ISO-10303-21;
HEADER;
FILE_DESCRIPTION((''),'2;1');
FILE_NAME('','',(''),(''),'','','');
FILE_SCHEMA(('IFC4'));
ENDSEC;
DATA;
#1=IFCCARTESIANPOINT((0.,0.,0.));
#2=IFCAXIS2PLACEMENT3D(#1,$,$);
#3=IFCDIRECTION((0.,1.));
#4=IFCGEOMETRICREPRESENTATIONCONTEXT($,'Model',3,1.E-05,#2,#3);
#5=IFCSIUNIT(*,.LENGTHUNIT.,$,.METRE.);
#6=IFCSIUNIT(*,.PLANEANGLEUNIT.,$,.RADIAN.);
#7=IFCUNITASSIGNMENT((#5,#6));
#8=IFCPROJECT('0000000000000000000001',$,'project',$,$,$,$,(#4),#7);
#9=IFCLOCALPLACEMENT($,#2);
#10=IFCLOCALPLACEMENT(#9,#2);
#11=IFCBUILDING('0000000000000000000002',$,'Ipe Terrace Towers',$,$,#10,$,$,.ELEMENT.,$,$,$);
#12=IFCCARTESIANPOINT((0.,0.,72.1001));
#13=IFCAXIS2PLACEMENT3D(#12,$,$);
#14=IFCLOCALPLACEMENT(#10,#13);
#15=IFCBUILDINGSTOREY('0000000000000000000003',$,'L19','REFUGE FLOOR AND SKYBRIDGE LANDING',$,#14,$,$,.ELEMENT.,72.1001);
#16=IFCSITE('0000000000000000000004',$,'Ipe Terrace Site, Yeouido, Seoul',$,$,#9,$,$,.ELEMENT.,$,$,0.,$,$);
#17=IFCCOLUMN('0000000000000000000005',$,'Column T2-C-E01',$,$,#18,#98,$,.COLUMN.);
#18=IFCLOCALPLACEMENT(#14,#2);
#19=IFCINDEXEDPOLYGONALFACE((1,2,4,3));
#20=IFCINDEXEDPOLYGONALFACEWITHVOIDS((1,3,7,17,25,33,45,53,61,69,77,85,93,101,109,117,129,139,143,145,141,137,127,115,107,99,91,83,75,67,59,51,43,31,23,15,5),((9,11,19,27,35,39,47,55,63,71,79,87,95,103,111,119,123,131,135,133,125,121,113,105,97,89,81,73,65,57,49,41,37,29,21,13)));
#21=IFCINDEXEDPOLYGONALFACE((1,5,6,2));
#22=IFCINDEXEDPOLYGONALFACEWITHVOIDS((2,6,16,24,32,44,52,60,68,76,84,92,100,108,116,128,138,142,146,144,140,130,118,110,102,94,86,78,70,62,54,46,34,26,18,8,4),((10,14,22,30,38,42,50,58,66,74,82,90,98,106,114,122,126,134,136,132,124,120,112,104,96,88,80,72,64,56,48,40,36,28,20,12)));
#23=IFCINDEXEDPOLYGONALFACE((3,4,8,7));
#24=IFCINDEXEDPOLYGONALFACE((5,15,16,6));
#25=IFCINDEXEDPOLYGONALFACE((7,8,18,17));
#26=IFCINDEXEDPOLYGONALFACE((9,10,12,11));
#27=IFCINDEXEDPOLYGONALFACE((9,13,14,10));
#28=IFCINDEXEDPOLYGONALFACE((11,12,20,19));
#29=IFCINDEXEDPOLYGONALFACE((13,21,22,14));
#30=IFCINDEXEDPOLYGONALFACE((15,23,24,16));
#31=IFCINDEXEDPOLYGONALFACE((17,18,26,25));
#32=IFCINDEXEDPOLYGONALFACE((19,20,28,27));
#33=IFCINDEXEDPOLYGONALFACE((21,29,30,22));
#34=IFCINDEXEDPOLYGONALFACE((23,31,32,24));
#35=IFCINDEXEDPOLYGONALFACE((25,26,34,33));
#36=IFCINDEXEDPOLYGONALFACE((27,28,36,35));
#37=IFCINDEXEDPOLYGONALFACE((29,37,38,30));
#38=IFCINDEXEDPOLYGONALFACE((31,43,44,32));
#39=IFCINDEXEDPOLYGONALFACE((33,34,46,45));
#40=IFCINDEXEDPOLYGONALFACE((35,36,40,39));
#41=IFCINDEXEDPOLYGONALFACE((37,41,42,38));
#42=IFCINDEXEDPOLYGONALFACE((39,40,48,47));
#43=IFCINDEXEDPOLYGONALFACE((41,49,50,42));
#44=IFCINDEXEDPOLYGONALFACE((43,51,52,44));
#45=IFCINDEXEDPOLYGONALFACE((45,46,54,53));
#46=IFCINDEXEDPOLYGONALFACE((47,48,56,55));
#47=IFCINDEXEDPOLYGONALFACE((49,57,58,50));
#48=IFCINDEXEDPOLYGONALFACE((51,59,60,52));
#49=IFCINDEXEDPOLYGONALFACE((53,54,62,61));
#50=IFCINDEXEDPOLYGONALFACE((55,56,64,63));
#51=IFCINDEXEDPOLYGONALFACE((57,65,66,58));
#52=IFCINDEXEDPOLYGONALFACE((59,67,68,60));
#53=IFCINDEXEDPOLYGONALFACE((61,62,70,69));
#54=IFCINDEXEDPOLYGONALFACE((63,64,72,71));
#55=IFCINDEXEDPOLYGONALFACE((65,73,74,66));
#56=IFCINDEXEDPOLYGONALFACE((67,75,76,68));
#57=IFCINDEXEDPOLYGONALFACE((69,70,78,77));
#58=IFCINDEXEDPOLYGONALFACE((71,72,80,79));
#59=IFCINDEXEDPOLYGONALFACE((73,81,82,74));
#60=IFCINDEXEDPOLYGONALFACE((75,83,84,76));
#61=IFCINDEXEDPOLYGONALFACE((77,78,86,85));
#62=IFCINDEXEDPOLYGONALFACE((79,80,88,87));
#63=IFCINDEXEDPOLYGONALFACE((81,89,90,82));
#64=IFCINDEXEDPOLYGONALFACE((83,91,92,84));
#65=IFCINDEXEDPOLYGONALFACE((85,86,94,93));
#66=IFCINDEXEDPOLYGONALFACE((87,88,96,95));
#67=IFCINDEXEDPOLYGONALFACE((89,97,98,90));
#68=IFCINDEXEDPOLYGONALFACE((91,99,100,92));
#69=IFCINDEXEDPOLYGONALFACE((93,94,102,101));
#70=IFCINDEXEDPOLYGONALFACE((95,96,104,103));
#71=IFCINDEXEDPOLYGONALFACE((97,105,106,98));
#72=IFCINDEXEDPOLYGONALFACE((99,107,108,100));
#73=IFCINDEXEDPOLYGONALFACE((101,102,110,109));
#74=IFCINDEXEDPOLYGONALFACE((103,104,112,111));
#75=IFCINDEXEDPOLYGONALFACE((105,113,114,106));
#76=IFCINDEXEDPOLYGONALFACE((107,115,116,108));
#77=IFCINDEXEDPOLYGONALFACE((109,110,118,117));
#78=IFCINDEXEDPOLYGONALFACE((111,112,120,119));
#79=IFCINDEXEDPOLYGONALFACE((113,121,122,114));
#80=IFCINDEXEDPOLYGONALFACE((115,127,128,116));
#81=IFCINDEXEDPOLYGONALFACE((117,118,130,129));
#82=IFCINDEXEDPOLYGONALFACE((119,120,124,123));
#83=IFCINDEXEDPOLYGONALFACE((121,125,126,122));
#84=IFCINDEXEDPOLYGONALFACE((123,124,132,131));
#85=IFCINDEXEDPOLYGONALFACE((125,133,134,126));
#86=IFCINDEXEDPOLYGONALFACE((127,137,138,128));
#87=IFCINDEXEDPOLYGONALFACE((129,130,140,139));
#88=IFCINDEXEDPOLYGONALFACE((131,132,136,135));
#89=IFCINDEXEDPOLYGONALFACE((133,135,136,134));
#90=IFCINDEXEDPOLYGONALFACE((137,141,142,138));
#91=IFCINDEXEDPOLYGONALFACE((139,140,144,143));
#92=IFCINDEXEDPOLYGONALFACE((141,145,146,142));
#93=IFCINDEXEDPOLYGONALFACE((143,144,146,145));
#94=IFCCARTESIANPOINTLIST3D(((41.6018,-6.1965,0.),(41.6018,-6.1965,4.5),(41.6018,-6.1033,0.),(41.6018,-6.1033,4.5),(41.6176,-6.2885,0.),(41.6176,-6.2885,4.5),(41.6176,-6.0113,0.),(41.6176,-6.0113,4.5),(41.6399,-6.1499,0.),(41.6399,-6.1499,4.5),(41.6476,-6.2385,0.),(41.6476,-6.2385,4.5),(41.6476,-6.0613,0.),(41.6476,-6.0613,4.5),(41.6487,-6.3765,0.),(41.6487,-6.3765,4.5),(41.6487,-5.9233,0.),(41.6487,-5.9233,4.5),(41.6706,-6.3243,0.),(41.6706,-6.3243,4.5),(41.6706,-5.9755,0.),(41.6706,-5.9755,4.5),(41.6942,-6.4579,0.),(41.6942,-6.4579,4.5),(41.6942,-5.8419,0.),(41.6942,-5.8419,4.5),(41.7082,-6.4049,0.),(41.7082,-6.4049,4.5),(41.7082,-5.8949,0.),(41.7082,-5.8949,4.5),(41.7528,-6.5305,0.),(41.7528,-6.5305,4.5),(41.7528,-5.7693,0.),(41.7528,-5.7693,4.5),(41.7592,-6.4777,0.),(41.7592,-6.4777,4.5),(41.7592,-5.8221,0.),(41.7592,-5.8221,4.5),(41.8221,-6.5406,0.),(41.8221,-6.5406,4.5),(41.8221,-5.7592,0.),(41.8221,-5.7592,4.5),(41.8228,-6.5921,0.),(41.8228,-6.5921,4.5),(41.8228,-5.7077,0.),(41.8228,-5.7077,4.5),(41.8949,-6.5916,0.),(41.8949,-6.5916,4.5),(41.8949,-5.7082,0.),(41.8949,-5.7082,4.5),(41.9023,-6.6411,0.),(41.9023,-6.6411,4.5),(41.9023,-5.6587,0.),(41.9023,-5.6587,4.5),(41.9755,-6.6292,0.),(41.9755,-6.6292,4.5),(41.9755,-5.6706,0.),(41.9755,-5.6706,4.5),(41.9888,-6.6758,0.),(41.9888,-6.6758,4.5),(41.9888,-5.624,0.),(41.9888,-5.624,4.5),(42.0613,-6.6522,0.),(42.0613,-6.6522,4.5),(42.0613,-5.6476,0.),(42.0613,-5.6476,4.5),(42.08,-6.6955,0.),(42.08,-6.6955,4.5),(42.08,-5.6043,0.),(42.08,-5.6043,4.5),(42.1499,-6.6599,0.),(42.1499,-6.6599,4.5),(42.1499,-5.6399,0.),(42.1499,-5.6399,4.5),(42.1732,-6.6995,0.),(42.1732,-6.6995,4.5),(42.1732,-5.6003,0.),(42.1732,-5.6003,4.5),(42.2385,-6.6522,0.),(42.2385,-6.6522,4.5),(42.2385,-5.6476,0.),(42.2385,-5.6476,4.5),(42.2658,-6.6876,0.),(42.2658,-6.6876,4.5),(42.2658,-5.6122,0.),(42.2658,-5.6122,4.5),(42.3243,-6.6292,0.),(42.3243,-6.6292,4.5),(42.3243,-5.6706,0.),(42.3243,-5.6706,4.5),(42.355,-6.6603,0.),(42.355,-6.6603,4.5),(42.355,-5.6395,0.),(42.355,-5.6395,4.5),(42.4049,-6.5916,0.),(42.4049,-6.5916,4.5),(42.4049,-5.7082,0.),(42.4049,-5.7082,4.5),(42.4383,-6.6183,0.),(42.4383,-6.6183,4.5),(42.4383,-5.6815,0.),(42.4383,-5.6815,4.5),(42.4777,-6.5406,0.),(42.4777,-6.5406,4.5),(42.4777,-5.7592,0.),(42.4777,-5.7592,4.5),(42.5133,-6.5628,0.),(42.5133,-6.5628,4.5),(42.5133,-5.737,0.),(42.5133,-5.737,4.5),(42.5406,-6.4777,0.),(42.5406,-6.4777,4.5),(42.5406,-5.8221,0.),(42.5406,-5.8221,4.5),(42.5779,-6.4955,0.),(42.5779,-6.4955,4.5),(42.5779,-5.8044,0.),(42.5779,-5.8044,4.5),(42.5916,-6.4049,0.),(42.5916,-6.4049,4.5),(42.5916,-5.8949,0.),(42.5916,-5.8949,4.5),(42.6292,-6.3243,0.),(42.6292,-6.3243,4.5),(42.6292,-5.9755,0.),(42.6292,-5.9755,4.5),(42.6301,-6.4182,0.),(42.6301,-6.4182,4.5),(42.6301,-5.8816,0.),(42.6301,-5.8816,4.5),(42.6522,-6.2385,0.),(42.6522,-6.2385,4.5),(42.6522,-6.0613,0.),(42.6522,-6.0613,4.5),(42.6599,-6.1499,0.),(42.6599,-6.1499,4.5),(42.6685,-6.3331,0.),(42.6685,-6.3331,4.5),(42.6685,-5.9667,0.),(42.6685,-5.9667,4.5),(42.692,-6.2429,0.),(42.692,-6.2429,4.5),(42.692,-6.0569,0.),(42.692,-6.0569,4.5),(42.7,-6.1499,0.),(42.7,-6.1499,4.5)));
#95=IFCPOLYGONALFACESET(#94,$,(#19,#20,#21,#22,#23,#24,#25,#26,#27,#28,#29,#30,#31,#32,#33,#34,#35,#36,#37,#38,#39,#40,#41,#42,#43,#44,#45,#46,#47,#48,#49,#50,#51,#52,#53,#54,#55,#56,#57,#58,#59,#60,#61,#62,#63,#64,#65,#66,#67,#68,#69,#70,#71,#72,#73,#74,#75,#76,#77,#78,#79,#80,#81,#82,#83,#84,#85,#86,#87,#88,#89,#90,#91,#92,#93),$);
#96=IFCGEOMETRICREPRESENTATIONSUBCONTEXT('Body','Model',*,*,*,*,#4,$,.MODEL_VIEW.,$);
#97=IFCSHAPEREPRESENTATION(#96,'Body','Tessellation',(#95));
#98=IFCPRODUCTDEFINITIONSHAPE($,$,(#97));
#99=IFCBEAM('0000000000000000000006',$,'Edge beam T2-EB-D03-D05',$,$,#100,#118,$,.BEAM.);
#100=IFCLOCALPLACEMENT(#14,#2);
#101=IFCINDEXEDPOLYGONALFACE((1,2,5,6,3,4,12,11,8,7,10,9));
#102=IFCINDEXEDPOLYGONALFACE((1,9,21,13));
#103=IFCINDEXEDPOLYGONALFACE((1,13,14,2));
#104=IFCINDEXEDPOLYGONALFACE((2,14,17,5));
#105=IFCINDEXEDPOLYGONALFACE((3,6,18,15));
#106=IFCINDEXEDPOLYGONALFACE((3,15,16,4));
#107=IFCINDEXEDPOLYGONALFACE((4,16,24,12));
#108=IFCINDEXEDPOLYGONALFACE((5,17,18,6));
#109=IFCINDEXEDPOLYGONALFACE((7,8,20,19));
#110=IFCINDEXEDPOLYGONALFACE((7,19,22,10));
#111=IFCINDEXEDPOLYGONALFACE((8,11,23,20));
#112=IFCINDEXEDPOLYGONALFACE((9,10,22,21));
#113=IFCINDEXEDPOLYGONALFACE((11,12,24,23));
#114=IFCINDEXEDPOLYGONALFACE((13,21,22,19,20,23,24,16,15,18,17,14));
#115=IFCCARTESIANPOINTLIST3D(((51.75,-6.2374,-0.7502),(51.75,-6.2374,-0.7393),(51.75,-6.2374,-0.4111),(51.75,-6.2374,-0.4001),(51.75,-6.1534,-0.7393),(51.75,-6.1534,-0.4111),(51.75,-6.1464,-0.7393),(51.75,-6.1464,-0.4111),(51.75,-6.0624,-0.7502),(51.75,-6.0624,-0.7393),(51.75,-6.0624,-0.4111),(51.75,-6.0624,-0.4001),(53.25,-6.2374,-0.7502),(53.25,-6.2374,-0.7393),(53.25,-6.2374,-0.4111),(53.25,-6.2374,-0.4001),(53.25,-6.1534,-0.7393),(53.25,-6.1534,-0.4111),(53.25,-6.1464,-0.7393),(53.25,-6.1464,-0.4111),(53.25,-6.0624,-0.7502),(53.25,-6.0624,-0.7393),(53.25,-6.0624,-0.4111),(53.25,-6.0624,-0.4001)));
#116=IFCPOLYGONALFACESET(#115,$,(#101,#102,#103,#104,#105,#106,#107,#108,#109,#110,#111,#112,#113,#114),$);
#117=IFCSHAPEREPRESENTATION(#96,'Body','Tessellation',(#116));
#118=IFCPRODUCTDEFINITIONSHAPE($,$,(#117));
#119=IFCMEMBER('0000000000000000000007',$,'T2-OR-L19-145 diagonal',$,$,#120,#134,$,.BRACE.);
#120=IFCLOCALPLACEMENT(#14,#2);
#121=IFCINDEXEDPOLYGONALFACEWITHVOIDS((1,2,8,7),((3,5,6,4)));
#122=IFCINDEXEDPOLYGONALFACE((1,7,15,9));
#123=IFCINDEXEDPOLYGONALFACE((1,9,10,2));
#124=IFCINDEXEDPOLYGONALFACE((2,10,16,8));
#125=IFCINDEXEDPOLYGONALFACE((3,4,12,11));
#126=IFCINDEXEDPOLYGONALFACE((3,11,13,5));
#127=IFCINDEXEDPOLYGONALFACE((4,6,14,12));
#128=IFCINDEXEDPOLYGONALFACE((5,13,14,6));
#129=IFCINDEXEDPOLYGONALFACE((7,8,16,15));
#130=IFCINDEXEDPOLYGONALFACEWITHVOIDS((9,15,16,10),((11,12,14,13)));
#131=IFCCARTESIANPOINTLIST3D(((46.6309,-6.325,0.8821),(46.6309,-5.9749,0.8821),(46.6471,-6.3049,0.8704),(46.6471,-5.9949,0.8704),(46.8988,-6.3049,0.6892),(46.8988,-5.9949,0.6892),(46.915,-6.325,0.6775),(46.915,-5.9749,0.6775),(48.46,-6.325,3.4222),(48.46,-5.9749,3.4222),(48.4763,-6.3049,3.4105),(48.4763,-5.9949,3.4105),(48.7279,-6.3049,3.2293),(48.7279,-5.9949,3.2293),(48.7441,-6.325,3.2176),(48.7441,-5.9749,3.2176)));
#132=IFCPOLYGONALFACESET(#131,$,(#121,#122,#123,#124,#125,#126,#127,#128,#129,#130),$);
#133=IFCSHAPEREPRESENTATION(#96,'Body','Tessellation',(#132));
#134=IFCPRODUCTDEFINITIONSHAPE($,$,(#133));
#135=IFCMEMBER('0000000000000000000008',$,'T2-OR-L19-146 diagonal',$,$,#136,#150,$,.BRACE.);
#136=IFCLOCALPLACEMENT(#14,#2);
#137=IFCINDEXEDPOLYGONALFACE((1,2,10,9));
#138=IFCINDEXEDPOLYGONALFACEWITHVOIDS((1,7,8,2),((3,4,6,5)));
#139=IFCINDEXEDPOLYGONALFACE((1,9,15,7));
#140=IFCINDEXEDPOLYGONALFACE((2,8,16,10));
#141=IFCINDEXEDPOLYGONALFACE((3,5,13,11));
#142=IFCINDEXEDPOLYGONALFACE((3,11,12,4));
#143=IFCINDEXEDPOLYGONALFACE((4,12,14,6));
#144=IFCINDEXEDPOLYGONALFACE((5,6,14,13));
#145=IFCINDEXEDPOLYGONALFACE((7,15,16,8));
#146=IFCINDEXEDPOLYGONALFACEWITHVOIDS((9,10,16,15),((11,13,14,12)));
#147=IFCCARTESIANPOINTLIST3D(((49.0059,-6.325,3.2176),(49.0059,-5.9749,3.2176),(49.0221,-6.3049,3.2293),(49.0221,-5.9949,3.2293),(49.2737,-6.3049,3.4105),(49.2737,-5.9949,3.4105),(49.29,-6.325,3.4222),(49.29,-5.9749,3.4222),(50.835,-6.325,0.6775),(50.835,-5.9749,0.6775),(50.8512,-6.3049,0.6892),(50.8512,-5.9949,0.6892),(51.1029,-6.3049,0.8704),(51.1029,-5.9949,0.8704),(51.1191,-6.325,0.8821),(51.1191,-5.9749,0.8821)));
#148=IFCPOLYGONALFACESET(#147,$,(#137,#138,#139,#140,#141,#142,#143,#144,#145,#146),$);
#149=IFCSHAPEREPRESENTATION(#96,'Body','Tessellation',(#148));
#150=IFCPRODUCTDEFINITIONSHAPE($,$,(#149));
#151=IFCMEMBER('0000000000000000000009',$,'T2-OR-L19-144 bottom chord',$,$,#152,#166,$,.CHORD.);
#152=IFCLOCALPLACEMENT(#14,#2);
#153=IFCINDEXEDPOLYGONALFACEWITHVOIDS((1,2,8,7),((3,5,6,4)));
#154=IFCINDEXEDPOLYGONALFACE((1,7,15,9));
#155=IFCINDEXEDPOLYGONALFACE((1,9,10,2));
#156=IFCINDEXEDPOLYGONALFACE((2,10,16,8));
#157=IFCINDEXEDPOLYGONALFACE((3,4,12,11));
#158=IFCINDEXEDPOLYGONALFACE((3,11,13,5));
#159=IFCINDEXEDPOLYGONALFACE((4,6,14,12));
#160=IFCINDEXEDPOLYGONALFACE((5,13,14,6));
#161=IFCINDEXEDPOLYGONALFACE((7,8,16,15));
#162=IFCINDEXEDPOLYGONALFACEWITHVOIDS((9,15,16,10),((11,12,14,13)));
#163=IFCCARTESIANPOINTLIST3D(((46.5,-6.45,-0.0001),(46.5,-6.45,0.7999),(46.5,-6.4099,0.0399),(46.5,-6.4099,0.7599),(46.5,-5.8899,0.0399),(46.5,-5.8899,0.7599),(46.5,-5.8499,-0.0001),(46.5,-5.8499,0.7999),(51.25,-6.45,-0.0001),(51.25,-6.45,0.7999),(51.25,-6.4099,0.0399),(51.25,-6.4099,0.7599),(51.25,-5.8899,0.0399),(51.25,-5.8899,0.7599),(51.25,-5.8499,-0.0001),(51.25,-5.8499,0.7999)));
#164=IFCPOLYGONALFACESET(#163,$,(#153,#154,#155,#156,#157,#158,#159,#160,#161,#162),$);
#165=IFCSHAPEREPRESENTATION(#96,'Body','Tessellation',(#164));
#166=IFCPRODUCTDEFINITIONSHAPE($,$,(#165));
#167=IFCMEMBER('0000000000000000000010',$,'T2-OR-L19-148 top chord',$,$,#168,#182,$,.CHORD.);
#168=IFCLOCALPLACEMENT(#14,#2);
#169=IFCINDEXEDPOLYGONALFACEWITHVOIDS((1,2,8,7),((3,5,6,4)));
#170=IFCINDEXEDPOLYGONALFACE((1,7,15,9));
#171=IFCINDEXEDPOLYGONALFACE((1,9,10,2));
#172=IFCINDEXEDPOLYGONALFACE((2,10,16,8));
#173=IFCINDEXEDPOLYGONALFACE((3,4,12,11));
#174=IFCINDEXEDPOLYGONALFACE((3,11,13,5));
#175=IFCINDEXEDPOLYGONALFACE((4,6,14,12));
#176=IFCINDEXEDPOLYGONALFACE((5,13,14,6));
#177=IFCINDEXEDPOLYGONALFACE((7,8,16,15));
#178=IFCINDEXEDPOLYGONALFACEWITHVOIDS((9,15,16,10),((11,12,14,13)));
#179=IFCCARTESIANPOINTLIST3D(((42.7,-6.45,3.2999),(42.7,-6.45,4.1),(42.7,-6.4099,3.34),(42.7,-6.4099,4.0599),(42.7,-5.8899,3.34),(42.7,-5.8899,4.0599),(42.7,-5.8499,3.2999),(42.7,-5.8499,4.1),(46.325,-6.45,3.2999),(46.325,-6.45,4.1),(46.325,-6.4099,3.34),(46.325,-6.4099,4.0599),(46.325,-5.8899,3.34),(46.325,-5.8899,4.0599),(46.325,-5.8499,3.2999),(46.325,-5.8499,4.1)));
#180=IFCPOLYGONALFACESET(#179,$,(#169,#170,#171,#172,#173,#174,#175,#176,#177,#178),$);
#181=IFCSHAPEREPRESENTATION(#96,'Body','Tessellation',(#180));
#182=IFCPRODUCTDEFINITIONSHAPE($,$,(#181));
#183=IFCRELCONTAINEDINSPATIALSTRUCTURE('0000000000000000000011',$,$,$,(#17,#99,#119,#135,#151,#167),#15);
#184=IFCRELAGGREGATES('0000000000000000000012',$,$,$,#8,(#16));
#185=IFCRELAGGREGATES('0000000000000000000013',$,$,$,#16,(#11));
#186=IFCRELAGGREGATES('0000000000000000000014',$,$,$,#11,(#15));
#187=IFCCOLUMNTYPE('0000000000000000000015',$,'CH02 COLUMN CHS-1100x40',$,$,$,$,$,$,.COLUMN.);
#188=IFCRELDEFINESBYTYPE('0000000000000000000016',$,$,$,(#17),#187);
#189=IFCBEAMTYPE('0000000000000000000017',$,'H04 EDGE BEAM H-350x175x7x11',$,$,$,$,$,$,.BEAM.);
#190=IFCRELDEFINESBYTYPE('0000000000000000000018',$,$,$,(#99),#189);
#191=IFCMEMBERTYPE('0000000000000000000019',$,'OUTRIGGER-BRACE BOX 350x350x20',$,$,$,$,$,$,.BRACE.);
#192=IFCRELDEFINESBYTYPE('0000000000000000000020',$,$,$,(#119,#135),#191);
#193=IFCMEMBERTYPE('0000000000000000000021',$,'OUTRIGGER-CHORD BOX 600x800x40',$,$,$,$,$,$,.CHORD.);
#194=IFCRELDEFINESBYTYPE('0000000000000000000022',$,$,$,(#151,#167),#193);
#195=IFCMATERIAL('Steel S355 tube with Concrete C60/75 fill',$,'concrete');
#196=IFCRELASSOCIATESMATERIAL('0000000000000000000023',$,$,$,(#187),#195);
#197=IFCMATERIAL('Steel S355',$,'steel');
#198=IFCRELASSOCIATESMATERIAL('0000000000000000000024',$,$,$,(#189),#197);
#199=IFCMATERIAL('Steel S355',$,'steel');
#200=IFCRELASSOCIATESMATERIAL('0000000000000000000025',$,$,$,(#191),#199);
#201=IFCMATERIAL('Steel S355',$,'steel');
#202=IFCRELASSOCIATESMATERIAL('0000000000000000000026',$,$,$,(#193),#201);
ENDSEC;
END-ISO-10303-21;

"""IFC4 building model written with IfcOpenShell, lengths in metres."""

from ifc_helpers import new_model, si_unit, direction, frame, origin, origin_2d, place, context, subcontext, project, spatial, hollow_rectangle, hollow_circle, i_section, extrude, material, material_profile, profile_set, type_object, element, save


model = new_model("IFC4")

# Units and contexts
model_context = context("Model", 3, precision=1e-05, world=origin(), true_north=direction((0.0, 1.0)))
body_context = subcontext(model_context, "Body", "Model", "MODEL_VIEW")
ifc_project = project(units=[si_unit("LENGTHUNIT", "METRE"), si_unit("PLANEANGLEUNIT", "RADIAN")], contexts=[model_context])

# Site, building, storey
site_placement = place(None, origin())
site = spatial("IfcSite", under=ifc_project, at=site_placement, Name="Ipe Terrace Site, Yeouido, Seoul", CompositionType="ELEMENT", RefElevation=0.0)
building_placement = place(site_placement, origin())
building = spatial("IfcBuilding", under=site, at=building_placement, Name="Ipe Terrace Towers", CompositionType="ELEMENT")
storey_placement = place(building_placement, frame((0.0, 0.0, 72.1001)))
storey = spatial("IfcBuildingStorey", under=building, at=storey_placement, Name="L19", Description="REFUGE FLOOR AND SKYBRIDGE LANDING", CompositionType="ELEMENT", Elevation=72.1001)

# Column
ifc_material_1 = material(Name="Steel S355 tube with Concrete C60/75 fill", Category="concrete")
ifc_material_profile_1 = material_profile(ifc_material_1, hollow_circle(Radius=0.55, WallThickness=0.04, at=origin_2d()), Name="CHS-1100x40")
ifc_profile_set_1 = profile_set([ifc_material_profile_1], Name="Steel S355 tube with Concrete C60/75 fill")
column_type_1 = type_object("IfcColumnType", Name="CH02 COLUMN CHS-1100x40", PredefinedType="COLUMN", material=ifc_profile_set_1)
column_placement = place(storey_placement, frame((42.1499, -6.1499, 0.0), z_axis=(0.0, 0.0, 1.0), x_axis=(1.0, 0.0, 0.0)))
element("IfcColumn", 1, at=column_placement, inside=storey, type_object=column_type_1, Name="Column T2-C-E01", PredefinedType="COLUMN", context=body_context, shape_type="SweptSolid", body=[
    extrude(hollow_circle(Radius=0.55, WallThickness=0.04, at=origin_2d()), origin(), (0.0, 0.0, 1.0), 4.5),
])

# Beam
ifc_material_2 = material(Name="Steel S355", Category="steel")
ifc_material_profile_2 = material_profile(ifc_material_2, i_section(OverallWidth=0.175, OverallDepth=0.3501, WebThickness=0.0071, FlangeThickness=0.011, at=origin_2d()), Name="H-350x175x7x11")
ifc_profile_set_2 = profile_set([ifc_material_profile_2], Name="Steel S355")
beam_type = type_object("IfcBeamType", Name="H04 EDGE BEAM H-350x175x7x11", PredefinedType="BEAM", material=ifc_profile_set_2)
beam_placement = place(storey_placement, frame((51.75, -6.1499, -0.5752), z_axis=(1.0, 0.0, 0.0), x_axis=(0.0, 1.0, 0.0)))
element("IfcBeam", 2, at=beam_placement, inside=storey, type_object=beam_type, Name="Edge beam T2-EB-D03-D05", PredefinedType="BEAM", context=body_context, shape_type="SweptSolid", body=[
    extrude(i_section(OverallWidth=0.175, OverallDepth=0.3501, WebThickness=0.0071, FlangeThickness=0.011, at=origin_2d()), origin(), (0.0, 0.0, 1.0), 1.5),
])

# Members
ifc_material_3 = material(Name="Steel S355", Category="steel")
ifc_material_profile_3 = material_profile(ifc_material_3, hollow_rectangle(XDim=0.3501, YDim=0.3501, WallThickness=0.02, at=origin_2d()), Name="OUTRIGGER-BRACE BOX 350x350x20")
ifc_profile_set_3 = profile_set([ifc_material_profile_3], Name="Steel S355")
member_type_1 = type_object("IfcMemberType", Name="OUTRIGGER-BRACE BOX 350x350x20", PredefinedType="BRACE", material=ifc_profile_set_3)
for number, where, z_axis, x_axis, name in (
    (3, (46.7729, -6.1499, 0.7798), (0.584362, 0.0, 0.811493), (0.0, 1.0, 0.0), "T2-OR-L19-145 diagonal"),
    (4, (50.9771, -6.1499, 0.7798), (-0.584362, 0.0, 0.811493), (0.0, -1.0, 0.0), "T2-OR-L19-146 diagonal"),
):
    element("IfcMember", number, at=place(storey_placement, frame(where, z_axis=z_axis, x_axis=x_axis)), inside=storey, type_object=member_type_1, Name=name, PredefinedType="BRACE", context=body_context, shape_type="SweptSolid", body=[
        extrude(hollow_rectangle(XDim=0.3501, YDim=0.3501, WallThickness=0.02, at=origin_2d()), origin(), (0.0, 0.0, 1.0), 3.1301),
    ])
ifc_material_4 = material(Name="Steel S355", Category="steel")
ifc_material_profile_4 = material_profile(ifc_material_4, hollow_rectangle(XDim=0.6001, YDim=0.8, WallThickness=0.04, at=origin_2d()), Name="OUTRIGGER-CHORD BOX 600x800x40")
ifc_profile_set_4 = profile_set([ifc_material_profile_4], Name="Steel S355")
member_type_2 = type_object("IfcMemberType", Name="OUTRIGGER-CHORD BOX 600x800x40", PredefinedType="CHORD", material=ifc_profile_set_4)
member_1_placement = place(storey_placement, frame((46.5, -6.1499, 0.3999), z_axis=(1.0, 0.0, 0.0), x_axis=(0.0, 1.0, 0.0)))
element("IfcMember", 5, at=member_1_placement, inside=storey, type_object=member_type_2, Name="T2-OR-L19-144 bottom chord", PredefinedType="CHORD", context=body_context, shape_type="SweptSolid", body=[
    extrude(hollow_rectangle(XDim=0.6001, YDim=0.8, WallThickness=0.04, at=origin_2d()), origin(), (0.0, 0.0, 1.0), 4.75),
])
member_2_placement = place(storey_placement, frame((42.7, -6.1499, 3.7), z_axis=(1.0, 0.0, 0.0), x_axis=(0.0, 1.0, 0.0)))
element("IfcMember", 6, at=member_2_placement, inside=storey, type_object=member_type_2, Name="T2-OR-L19-148 top chord", PredefinedType="CHORD", context=body_context, shape_type="SweptSolid", body=[
    extrude(hollow_rectangle(XDim=0.6001, YDim=0.8, WallThickness=0.04, at=origin_2d()), origin(), (0.0, 0.0, 1.0), 3.625),
])

save(model, "model.ifc")
